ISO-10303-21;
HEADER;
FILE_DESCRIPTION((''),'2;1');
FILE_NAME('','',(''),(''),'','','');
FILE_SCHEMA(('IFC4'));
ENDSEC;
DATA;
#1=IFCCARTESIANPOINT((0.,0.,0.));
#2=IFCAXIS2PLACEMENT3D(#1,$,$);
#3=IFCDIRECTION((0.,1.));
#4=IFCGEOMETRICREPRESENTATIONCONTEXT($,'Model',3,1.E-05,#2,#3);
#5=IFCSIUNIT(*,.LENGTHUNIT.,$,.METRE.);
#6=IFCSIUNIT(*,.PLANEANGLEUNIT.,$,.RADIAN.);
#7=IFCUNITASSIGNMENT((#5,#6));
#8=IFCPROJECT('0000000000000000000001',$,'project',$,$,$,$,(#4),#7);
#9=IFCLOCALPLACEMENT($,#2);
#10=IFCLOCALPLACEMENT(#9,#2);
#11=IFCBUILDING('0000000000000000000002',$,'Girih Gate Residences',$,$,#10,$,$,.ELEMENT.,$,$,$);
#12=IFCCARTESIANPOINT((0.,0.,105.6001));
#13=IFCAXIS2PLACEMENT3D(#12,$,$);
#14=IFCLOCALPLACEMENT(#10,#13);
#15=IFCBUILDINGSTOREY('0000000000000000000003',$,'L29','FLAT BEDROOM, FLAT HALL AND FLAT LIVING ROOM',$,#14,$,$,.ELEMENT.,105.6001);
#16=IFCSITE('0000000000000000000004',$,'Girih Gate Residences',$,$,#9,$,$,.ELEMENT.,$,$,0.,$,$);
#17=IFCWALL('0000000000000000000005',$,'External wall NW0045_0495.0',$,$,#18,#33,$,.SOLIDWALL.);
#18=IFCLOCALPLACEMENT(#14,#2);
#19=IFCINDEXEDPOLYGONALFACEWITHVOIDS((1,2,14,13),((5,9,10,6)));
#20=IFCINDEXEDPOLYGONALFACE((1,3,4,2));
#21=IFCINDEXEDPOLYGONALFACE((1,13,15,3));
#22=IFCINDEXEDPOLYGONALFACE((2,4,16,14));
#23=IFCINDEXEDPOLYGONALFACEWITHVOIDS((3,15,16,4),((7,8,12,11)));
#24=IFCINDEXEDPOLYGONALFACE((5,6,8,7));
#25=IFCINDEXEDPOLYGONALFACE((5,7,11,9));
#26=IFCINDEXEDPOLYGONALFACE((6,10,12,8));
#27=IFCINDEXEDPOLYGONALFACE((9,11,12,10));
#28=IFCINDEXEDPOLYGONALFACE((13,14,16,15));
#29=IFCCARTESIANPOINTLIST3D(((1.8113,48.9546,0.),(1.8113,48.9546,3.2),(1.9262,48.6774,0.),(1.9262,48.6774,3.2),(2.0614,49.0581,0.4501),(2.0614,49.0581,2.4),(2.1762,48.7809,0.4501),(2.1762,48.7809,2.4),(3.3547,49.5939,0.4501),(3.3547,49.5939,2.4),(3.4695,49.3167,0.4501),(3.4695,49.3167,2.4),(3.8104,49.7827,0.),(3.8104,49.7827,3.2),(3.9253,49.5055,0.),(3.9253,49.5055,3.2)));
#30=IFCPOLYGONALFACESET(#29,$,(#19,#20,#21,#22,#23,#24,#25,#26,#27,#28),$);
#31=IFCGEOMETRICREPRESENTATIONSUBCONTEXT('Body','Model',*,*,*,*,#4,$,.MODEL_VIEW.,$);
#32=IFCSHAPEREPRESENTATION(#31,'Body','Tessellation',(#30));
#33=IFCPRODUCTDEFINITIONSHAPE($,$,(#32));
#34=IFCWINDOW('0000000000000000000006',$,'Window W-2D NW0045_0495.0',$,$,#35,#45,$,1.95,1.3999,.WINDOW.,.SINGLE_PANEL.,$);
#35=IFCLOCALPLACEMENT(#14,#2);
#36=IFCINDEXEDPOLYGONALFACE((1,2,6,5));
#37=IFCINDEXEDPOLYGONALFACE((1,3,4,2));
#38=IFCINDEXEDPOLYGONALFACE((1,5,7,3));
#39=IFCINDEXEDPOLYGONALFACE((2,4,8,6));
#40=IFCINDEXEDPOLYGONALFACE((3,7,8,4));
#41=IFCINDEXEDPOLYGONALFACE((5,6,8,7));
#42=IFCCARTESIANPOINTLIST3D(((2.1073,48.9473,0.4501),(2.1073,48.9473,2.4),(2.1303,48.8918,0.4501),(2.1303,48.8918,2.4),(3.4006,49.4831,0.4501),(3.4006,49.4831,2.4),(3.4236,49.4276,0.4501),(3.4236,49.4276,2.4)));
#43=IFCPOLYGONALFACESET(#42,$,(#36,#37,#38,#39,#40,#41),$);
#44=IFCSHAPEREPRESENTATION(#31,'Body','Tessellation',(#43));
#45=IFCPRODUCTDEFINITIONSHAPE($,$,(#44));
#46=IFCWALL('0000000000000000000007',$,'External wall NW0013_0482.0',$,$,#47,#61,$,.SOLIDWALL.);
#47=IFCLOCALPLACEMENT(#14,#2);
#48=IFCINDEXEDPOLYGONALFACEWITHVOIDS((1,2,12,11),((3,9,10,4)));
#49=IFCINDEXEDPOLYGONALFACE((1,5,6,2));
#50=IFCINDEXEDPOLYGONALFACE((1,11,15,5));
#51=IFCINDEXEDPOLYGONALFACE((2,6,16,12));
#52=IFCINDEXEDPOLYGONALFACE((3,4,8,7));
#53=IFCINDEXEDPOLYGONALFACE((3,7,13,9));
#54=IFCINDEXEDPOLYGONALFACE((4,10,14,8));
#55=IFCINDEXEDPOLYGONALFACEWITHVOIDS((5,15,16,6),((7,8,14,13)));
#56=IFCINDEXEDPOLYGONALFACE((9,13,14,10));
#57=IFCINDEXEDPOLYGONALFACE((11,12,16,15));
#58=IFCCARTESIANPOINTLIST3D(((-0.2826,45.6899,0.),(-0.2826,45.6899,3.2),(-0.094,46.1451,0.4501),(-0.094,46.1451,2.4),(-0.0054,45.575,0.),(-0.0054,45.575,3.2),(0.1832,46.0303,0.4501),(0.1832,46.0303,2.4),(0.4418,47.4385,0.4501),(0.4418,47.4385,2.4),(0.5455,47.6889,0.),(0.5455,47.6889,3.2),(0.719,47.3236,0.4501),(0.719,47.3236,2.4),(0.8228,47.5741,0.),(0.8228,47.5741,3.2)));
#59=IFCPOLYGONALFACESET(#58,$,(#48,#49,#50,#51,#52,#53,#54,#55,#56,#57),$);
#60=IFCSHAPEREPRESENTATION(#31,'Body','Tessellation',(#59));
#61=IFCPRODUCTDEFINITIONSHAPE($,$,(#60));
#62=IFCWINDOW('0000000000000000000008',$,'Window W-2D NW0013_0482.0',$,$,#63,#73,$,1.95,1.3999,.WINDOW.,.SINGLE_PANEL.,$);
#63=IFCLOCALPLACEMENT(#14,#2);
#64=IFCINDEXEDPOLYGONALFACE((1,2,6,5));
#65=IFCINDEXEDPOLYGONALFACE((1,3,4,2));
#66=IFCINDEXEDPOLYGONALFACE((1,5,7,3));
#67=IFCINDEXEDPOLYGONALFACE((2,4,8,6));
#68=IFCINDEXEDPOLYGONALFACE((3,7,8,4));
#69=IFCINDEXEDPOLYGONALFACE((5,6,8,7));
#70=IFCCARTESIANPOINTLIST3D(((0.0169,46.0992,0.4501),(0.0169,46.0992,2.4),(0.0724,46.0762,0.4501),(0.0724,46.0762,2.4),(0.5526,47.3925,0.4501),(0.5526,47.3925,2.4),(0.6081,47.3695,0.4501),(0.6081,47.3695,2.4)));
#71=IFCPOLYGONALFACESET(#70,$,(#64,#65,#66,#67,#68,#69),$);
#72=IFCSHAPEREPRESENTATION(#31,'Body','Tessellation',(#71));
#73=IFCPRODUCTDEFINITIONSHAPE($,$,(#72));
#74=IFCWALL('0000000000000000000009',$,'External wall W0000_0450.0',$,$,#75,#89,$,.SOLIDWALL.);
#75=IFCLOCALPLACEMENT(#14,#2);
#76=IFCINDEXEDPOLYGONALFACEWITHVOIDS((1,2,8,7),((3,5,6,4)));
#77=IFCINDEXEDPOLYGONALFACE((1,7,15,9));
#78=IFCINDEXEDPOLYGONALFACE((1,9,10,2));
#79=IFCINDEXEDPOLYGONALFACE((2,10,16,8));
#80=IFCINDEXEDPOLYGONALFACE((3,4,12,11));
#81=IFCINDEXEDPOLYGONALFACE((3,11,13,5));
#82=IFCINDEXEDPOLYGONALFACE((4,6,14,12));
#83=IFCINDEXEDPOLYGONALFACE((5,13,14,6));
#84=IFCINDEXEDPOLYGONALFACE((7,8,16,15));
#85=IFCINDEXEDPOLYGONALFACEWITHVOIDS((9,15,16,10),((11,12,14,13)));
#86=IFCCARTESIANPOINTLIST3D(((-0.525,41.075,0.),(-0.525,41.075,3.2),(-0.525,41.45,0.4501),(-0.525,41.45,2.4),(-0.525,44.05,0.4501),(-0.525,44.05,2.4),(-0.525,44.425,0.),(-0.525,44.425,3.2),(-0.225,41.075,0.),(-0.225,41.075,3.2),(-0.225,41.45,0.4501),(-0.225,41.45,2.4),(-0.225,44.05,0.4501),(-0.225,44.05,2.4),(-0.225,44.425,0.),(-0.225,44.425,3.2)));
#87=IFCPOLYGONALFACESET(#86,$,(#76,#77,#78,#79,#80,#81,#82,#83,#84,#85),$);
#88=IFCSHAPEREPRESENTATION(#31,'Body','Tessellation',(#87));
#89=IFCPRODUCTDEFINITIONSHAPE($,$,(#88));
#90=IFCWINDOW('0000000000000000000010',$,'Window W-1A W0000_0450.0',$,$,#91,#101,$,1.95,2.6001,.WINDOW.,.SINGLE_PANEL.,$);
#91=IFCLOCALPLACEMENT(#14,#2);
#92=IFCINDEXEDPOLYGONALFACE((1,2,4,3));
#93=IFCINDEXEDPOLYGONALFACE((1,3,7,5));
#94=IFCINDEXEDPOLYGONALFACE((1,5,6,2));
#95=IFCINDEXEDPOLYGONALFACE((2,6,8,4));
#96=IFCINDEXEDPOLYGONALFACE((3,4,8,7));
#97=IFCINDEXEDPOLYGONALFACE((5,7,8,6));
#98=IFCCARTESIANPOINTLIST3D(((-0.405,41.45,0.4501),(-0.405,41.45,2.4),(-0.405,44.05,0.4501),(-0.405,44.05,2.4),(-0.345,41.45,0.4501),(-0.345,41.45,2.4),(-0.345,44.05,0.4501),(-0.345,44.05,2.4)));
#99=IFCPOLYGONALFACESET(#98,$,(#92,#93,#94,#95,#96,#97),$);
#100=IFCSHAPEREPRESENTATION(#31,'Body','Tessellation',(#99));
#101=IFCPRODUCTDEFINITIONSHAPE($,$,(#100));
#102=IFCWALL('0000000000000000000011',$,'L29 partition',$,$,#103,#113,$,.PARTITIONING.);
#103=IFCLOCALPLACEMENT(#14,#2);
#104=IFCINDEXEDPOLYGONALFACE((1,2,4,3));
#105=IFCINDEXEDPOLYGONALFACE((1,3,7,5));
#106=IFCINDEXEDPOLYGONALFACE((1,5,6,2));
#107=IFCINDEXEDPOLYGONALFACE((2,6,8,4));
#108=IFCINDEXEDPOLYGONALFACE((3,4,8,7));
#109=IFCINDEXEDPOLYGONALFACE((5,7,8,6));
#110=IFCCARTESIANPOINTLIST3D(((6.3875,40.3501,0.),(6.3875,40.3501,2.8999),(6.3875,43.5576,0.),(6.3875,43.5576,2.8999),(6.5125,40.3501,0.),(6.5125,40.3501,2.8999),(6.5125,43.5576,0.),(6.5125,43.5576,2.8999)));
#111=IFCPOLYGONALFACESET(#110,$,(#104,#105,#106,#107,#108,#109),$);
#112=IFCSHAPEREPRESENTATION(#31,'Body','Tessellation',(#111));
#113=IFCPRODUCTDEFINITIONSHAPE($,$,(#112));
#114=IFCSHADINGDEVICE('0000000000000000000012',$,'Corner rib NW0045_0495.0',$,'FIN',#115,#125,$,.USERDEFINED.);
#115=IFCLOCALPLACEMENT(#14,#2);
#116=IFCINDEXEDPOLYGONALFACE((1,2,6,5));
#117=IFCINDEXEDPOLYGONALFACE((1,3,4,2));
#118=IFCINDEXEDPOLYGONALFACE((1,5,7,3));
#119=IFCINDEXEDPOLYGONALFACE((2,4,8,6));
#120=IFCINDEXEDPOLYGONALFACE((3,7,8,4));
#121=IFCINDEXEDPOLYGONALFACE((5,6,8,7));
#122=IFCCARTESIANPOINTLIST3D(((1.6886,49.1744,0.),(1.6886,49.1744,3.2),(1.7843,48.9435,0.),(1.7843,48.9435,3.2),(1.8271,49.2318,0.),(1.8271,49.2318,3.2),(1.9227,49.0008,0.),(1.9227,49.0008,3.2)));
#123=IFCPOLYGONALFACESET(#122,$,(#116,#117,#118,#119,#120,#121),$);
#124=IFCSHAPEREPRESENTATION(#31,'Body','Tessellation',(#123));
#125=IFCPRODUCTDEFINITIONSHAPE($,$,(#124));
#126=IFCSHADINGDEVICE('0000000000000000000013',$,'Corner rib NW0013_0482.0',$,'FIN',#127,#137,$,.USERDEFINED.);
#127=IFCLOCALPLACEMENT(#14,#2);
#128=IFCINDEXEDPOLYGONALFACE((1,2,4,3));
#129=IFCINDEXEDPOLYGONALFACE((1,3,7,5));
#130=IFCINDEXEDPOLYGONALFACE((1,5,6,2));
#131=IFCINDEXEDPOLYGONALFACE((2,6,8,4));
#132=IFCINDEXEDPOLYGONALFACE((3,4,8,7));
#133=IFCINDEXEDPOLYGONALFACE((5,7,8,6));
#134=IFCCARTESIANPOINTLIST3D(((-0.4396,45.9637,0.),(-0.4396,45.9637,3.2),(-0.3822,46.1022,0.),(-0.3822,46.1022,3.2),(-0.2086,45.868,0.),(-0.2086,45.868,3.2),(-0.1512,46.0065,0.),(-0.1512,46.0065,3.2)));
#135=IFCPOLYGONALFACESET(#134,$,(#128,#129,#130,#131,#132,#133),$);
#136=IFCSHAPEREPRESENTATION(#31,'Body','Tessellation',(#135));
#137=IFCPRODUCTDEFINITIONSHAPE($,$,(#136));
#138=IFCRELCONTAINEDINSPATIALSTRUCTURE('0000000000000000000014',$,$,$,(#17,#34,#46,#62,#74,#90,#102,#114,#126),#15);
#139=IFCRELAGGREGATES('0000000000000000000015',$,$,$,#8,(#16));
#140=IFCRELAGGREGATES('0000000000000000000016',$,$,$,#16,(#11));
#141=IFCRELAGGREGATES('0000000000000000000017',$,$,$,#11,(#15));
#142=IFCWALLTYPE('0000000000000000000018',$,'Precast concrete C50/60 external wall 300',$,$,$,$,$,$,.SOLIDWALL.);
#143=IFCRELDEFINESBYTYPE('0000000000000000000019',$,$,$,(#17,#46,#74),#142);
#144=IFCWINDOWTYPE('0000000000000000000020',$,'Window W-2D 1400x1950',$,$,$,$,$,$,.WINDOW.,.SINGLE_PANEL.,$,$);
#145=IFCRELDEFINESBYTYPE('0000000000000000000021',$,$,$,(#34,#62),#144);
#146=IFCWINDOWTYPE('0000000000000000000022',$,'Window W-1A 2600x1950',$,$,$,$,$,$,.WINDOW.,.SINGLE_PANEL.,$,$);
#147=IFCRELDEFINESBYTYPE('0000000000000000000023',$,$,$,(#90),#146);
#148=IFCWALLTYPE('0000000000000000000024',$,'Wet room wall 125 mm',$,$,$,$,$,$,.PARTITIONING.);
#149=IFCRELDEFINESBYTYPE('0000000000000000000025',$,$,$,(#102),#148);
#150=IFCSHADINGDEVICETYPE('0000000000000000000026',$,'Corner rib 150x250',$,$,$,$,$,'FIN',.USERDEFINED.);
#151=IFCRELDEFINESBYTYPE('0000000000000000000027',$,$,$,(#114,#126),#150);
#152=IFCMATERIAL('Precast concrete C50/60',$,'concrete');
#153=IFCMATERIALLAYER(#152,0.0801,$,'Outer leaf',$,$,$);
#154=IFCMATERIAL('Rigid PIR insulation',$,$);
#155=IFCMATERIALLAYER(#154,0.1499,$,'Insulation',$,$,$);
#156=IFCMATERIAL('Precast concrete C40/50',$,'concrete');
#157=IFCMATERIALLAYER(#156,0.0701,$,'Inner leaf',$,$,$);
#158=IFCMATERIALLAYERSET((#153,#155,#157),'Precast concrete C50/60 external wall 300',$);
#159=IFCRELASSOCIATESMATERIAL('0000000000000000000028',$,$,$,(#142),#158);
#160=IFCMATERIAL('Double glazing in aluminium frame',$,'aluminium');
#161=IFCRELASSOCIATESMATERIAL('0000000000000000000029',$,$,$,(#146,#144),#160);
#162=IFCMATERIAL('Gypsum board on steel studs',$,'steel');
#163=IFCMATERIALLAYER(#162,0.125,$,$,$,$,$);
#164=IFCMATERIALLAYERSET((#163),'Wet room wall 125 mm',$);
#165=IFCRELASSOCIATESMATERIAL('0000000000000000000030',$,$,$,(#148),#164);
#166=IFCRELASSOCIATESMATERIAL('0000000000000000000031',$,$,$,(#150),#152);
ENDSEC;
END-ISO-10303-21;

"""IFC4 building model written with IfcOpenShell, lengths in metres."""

from ifc_helpers import new_model, si_unit, direction, frame, frame_2d, origin, origin_2d, place, context, subcontext, project, spatial, rectangle, extrude, material, layer, layer_set, type_object, element, fill, save


model = new_model("IFC4")

# Units and contexts
model_context = context("Model", 3, precision=1e-05, world=origin(), true_north=direction((0.0, 1.0)))
body_context = subcontext(model_context, "Body", "Model", "MODEL_VIEW")
ifc_project = project(units=[si_unit("LENGTHUNIT", "METRE"), si_unit("PLANEANGLEUNIT", "RADIAN")], contexts=[model_context])

# Site, building, storey
site_placement = place(None, origin())
site = spatial("IfcSite", under=ifc_project, at=site_placement, Name="Girih Gate Residences", CompositionType="ELEMENT", RefElevation=0.0)
building_placement = place(site_placement, origin())
building = spatial("IfcBuilding", under=site, at=building_placement, Name="Girih Gate Residences", CompositionType="ELEMENT")
storey_placement = place(building_placement, frame((0.0, 0.0, 105.6001)))
storey = spatial("IfcBuildingStorey", under=building, at=storey_placement, Name="L29", Description="FLAT BEDROOM, FLAT HALL AND FLAT LIVING ROOM", CompositionType="ELEMENT", Elevation=105.6001)

# Shared definitions
ifc_material_1 = material(Name="Gypsum board on steel studs", Category="steel")

# Walls, openings, windows
ifc_material_2 = material(Name="Precast concrete C50/60", Category="concrete")
ifc_layer_1 = layer(ifc_material_2, 0.0801, Name="Outer leaf")
ifc_material_3 = material(Name="Rigid PIR insulation")
ifc_layer_2 = layer(ifc_material_3, 0.1499, Name="Insulation")
ifc_material_4 = material(Name="Precast concrete C40/50", Category="concrete")
ifc_layer_3 = layer(ifc_material_4, 0.0701, Name="Inner leaf")
ifc_layer_set_1 = layer_set([ifc_layer_1, ifc_layer_2, ifc_layer_3], Name="Precast concrete C50/60 external wall 300")
wall_type_1 = type_object("IfcWallType", Name="Precast concrete C50/60 external wall 300", PredefinedType="SOLIDWALL", material=ifc_layer_set_1)
ifc_material_5 = material(Name="Double glazing in aluminium frame", Category="aluminium")
window_type_1 = type_object("IfcWindowType", Name="Window W-1A 2600x1950", PartitioningType="SINGLE_PANEL", PredefinedType="WINDOW", material=ifc_material_5)
wall_1_placement = place(storey_placement, frame((1.8687, 48.8159, 0.0), z_axis=(0.0, 0.0, 1.0), x_axis=(0.923863, 0.382724, 0.0)))
wall_1 = element("IfcWall", 1, at=wall_1_placement, inside=storey, type_object=wall_type_1, Name="External wall NW0045_0495.0", PredefinedType="SOLIDWALL", context=body_context, shape_type="SweptSolid", body=[
    extrude(rectangle(XDim=2.1638, YDim=0.3, at=frame_2d((1.082, 0.0))), origin(), (0.0, 0.0, 1.0), 3.2),
])
opening_1_placement = place(wall_1_placement, frame((0.2708, 0.0, 0.45)))
opening_1 = element("IfcOpeningElement", 2, at=opening_1_placement, cuts=wall_1, PredefinedType="OPENING", context=body_context, shape_type="SweptSolid", body=[
    extrude(rectangle(XDim=1.3999, YDim=1.95, at=frame_2d((0.7, 0.9751))), frame((0.0, 0.1599, 0.0), z_axis=(0.0, -1.0, 0.0), x_axis=(1.0, 0.0, 0.0)), (0.0, 0.0, 1.0), 0.3201),
])
window_type_2 = type_object("IfcWindowType", Name="Window W-2D 1400x1950", PartitioningType="SINGLE_PANEL", PredefinedType="WINDOW", material=ifc_material_5)
window_1_placement = place(opening_1_placement, origin())
window_1 = element("IfcWindow", 3, at=window_1_placement, inside=storey, type_object=window_type_2, Name="Window W-2D NW0045_0495.0", OverallHeight=1.95, OverallWidth=1.3999, PartitioningType="SINGLE_PANEL", PredefinedType="WINDOW", context=body_context, shape_type="SweptSolid", body=[
    extrude(rectangle(XDim=1.3999, YDim=1.95, at=frame_2d((0.7, 0.9751))), frame((0.0, 0.03, 0.0), z_axis=(0.0, -1.0, 0.0), x_axis=(1.0, 0.0, 0.0)), (0.0, 0.0, 1.0), 0.0601),
])
fill(opening_1, window_1)
wall_2_placement = place(storey_placement, frame((-0.144, 45.6323, 0.0), z_axis=(0.0, 0.0, 1.0), x_axis=(0.382724, 0.923863, 0.0)))
wall_2 = element("IfcWall", 4, at=wall_2_placement, inside=storey, type_object=wall_type_1, Name="External wall NW0013_0482.0", PredefinedType="SOLIDWALL", context=body_context, shape_type="SweptSolid", body=[
    extrude(rectangle(XDim=2.1638, YDim=0.3, at=frame_2d((1.082, 0.0))), origin(), (0.0, 0.0, 1.0), 3.2),
])
opening_2_placement = place(wall_2_placement, frame((0.4929, 0.0, 0.45)))
opening_2 = element("IfcOpeningElement", 5, at=opening_2_placement, cuts=wall_2, PredefinedType="OPENING", context=body_context, shape_type="SweptSolid", body=[
    extrude(rectangle(XDim=1.3999, YDim=1.95, at=frame_2d((0.7, 0.9751))), frame((0.0, 0.1599, 0.0), z_axis=(0.0, -1.0, 0.0), x_axis=(1.0, 0.0, 0.0)), (0.0, 0.0, 1.0), 0.3201),
])
window_2_placement = place(opening_2_placement, origin())
window_2 = element("IfcWindow", 6, at=window_2_placement, inside=storey, type_object=window_type_2, Name="Window W-2D NW0013_0482.0", OverallHeight=1.95, OverallWidth=1.3999, PartitioningType="SINGLE_PANEL", PredefinedType="WINDOW", context=body_context, shape_type="SweptSolid", body=[
    extrude(rectangle(XDim=1.3999, YDim=1.95, at=frame_2d((0.7, 0.9751))), frame((0.0, 0.03, 0.0), z_axis=(0.0, -1.0, 0.0), x_axis=(1.0, 0.0, 0.0)), (0.0, 0.0, 1.0), 0.0601),
])
fill(opening_2, window_2)
wall_3_placement = place(storey_placement, frame((-0.375, 41.075, 0.0), z_axis=(0.0, 0.0, 1.0), x_axis=(0.0, 1.0, 0.0)))
wall_3 = element("IfcWall", 7, at=wall_3_placement, inside=storey, type_object=wall_type_1, Name="External wall W0000_0450.0", PredefinedType="SOLIDWALL", context=body_context, shape_type="SweptSolid", body=[
    extrude(rectangle(XDim=3.3501, YDim=0.3, at=frame_2d((1.675, 0.0))), origin(), (0.0, 0.0, 1.0), 3.2),
])
opening_3_placement = place(wall_3_placement, frame((0.375, 0.0, 0.45)))
opening_3 = element("IfcOpeningElement", 8, at=opening_3_placement, cuts=wall_3, PredefinedType="OPENING", context=body_context, shape_type="SweptSolid", body=[
    extrude(rectangle(XDim=2.6001, YDim=1.95, at=frame_2d((1.3, 0.9751))), frame((0.0, 0.1599, 0.0), z_axis=(0.0, -1.0, 0.0), x_axis=(1.0, 0.0, 0.0)), (0.0, 0.0, 1.0), 0.3201),
])
window_3_placement = place(opening_3_placement, origin())
window_3 = element("IfcWindow", 9, at=window_3_placement, inside=storey, type_object=window_type_1, Name="Window W-1A W0000_0450.0", OverallHeight=1.95, OverallWidth=2.6001, PartitioningType="SINGLE_PANEL", PredefinedType="WINDOW", context=body_context, shape_type="SweptSolid", body=[
    extrude(rectangle(XDim=2.6001, YDim=1.95, at=frame_2d((1.3, 0.9751))), frame((0.0, 0.03, 0.0), z_axis=(0.0, -1.0, 0.0), x_axis=(1.0, 0.0, 0.0)), (0.0, 0.0, 1.0), 0.0601),
])
fill(opening_3, window_3)

# Wall
ifc_layer_4 = layer(ifc_material_1, 0.125)
ifc_layer_set_2 = layer_set([ifc_layer_4], Name="Wet room wall 125 mm")
wall_type_2 = type_object("IfcWallType", Name="Wet room wall 125 mm", PredefinedType="PARTITIONING", material=ifc_layer_set_2)
wall_4_placement = place(storey_placement, frame((6.45, 40.3501, 0.0), z_axis=(0.0, 0.0, 1.0), x_axis=(0.0, 1.0, 0.0)))
element("IfcWall", 10, at=wall_4_placement, inside=storey, type_object=wall_type_2, Name="L29 partition", PredefinedType="PARTITIONING", context=body_context, shape_type="SweptSolid", body=[
    extrude(rectangle(XDim=3.2075, YDim=0.125, at=frame_2d((1.6038, 0.0))), origin(), (0.0, 0.0, 1.0), 2.8999),
])

# Shading devices
shading_device_type = type_object("IfcShadingDeviceType", Name="Corner rib 150x250", ElementType="FIN", PredefinedType="USERDEFINED", material=ifc_material_2)
for number, where, z_axis, x_axis, name in (
    (11, (1.8057, 49.0876, 0.0), (0.0, 0.0, 1.0), (-0.92388, -0.382683, 0.0), "Corner rib NW0045_0495.0"),
    (12, (-0.2954, 45.9851, 0.0), (0.0, 0.0, 1.0), (-0.382683, -0.92388, 0.0), "Corner rib NW0013_0482.0"),
):
    element("IfcShadingDevice", number, at=place(storey_placement, frame(where, z_axis=z_axis, x_axis=x_axis)), inside=storey, type_object=shading_device_type, Name=name, ObjectType="FIN", PredefinedType="USERDEFINED", context=body_context, shape_type="SweptSolid", body=[
        extrude(rectangle(XDim=0.1499, YDim=0.25, at=origin_2d()), origin(), (0.0, 0.0, 1.0), 3.2),
    ])

save(model, "model.ifc")
